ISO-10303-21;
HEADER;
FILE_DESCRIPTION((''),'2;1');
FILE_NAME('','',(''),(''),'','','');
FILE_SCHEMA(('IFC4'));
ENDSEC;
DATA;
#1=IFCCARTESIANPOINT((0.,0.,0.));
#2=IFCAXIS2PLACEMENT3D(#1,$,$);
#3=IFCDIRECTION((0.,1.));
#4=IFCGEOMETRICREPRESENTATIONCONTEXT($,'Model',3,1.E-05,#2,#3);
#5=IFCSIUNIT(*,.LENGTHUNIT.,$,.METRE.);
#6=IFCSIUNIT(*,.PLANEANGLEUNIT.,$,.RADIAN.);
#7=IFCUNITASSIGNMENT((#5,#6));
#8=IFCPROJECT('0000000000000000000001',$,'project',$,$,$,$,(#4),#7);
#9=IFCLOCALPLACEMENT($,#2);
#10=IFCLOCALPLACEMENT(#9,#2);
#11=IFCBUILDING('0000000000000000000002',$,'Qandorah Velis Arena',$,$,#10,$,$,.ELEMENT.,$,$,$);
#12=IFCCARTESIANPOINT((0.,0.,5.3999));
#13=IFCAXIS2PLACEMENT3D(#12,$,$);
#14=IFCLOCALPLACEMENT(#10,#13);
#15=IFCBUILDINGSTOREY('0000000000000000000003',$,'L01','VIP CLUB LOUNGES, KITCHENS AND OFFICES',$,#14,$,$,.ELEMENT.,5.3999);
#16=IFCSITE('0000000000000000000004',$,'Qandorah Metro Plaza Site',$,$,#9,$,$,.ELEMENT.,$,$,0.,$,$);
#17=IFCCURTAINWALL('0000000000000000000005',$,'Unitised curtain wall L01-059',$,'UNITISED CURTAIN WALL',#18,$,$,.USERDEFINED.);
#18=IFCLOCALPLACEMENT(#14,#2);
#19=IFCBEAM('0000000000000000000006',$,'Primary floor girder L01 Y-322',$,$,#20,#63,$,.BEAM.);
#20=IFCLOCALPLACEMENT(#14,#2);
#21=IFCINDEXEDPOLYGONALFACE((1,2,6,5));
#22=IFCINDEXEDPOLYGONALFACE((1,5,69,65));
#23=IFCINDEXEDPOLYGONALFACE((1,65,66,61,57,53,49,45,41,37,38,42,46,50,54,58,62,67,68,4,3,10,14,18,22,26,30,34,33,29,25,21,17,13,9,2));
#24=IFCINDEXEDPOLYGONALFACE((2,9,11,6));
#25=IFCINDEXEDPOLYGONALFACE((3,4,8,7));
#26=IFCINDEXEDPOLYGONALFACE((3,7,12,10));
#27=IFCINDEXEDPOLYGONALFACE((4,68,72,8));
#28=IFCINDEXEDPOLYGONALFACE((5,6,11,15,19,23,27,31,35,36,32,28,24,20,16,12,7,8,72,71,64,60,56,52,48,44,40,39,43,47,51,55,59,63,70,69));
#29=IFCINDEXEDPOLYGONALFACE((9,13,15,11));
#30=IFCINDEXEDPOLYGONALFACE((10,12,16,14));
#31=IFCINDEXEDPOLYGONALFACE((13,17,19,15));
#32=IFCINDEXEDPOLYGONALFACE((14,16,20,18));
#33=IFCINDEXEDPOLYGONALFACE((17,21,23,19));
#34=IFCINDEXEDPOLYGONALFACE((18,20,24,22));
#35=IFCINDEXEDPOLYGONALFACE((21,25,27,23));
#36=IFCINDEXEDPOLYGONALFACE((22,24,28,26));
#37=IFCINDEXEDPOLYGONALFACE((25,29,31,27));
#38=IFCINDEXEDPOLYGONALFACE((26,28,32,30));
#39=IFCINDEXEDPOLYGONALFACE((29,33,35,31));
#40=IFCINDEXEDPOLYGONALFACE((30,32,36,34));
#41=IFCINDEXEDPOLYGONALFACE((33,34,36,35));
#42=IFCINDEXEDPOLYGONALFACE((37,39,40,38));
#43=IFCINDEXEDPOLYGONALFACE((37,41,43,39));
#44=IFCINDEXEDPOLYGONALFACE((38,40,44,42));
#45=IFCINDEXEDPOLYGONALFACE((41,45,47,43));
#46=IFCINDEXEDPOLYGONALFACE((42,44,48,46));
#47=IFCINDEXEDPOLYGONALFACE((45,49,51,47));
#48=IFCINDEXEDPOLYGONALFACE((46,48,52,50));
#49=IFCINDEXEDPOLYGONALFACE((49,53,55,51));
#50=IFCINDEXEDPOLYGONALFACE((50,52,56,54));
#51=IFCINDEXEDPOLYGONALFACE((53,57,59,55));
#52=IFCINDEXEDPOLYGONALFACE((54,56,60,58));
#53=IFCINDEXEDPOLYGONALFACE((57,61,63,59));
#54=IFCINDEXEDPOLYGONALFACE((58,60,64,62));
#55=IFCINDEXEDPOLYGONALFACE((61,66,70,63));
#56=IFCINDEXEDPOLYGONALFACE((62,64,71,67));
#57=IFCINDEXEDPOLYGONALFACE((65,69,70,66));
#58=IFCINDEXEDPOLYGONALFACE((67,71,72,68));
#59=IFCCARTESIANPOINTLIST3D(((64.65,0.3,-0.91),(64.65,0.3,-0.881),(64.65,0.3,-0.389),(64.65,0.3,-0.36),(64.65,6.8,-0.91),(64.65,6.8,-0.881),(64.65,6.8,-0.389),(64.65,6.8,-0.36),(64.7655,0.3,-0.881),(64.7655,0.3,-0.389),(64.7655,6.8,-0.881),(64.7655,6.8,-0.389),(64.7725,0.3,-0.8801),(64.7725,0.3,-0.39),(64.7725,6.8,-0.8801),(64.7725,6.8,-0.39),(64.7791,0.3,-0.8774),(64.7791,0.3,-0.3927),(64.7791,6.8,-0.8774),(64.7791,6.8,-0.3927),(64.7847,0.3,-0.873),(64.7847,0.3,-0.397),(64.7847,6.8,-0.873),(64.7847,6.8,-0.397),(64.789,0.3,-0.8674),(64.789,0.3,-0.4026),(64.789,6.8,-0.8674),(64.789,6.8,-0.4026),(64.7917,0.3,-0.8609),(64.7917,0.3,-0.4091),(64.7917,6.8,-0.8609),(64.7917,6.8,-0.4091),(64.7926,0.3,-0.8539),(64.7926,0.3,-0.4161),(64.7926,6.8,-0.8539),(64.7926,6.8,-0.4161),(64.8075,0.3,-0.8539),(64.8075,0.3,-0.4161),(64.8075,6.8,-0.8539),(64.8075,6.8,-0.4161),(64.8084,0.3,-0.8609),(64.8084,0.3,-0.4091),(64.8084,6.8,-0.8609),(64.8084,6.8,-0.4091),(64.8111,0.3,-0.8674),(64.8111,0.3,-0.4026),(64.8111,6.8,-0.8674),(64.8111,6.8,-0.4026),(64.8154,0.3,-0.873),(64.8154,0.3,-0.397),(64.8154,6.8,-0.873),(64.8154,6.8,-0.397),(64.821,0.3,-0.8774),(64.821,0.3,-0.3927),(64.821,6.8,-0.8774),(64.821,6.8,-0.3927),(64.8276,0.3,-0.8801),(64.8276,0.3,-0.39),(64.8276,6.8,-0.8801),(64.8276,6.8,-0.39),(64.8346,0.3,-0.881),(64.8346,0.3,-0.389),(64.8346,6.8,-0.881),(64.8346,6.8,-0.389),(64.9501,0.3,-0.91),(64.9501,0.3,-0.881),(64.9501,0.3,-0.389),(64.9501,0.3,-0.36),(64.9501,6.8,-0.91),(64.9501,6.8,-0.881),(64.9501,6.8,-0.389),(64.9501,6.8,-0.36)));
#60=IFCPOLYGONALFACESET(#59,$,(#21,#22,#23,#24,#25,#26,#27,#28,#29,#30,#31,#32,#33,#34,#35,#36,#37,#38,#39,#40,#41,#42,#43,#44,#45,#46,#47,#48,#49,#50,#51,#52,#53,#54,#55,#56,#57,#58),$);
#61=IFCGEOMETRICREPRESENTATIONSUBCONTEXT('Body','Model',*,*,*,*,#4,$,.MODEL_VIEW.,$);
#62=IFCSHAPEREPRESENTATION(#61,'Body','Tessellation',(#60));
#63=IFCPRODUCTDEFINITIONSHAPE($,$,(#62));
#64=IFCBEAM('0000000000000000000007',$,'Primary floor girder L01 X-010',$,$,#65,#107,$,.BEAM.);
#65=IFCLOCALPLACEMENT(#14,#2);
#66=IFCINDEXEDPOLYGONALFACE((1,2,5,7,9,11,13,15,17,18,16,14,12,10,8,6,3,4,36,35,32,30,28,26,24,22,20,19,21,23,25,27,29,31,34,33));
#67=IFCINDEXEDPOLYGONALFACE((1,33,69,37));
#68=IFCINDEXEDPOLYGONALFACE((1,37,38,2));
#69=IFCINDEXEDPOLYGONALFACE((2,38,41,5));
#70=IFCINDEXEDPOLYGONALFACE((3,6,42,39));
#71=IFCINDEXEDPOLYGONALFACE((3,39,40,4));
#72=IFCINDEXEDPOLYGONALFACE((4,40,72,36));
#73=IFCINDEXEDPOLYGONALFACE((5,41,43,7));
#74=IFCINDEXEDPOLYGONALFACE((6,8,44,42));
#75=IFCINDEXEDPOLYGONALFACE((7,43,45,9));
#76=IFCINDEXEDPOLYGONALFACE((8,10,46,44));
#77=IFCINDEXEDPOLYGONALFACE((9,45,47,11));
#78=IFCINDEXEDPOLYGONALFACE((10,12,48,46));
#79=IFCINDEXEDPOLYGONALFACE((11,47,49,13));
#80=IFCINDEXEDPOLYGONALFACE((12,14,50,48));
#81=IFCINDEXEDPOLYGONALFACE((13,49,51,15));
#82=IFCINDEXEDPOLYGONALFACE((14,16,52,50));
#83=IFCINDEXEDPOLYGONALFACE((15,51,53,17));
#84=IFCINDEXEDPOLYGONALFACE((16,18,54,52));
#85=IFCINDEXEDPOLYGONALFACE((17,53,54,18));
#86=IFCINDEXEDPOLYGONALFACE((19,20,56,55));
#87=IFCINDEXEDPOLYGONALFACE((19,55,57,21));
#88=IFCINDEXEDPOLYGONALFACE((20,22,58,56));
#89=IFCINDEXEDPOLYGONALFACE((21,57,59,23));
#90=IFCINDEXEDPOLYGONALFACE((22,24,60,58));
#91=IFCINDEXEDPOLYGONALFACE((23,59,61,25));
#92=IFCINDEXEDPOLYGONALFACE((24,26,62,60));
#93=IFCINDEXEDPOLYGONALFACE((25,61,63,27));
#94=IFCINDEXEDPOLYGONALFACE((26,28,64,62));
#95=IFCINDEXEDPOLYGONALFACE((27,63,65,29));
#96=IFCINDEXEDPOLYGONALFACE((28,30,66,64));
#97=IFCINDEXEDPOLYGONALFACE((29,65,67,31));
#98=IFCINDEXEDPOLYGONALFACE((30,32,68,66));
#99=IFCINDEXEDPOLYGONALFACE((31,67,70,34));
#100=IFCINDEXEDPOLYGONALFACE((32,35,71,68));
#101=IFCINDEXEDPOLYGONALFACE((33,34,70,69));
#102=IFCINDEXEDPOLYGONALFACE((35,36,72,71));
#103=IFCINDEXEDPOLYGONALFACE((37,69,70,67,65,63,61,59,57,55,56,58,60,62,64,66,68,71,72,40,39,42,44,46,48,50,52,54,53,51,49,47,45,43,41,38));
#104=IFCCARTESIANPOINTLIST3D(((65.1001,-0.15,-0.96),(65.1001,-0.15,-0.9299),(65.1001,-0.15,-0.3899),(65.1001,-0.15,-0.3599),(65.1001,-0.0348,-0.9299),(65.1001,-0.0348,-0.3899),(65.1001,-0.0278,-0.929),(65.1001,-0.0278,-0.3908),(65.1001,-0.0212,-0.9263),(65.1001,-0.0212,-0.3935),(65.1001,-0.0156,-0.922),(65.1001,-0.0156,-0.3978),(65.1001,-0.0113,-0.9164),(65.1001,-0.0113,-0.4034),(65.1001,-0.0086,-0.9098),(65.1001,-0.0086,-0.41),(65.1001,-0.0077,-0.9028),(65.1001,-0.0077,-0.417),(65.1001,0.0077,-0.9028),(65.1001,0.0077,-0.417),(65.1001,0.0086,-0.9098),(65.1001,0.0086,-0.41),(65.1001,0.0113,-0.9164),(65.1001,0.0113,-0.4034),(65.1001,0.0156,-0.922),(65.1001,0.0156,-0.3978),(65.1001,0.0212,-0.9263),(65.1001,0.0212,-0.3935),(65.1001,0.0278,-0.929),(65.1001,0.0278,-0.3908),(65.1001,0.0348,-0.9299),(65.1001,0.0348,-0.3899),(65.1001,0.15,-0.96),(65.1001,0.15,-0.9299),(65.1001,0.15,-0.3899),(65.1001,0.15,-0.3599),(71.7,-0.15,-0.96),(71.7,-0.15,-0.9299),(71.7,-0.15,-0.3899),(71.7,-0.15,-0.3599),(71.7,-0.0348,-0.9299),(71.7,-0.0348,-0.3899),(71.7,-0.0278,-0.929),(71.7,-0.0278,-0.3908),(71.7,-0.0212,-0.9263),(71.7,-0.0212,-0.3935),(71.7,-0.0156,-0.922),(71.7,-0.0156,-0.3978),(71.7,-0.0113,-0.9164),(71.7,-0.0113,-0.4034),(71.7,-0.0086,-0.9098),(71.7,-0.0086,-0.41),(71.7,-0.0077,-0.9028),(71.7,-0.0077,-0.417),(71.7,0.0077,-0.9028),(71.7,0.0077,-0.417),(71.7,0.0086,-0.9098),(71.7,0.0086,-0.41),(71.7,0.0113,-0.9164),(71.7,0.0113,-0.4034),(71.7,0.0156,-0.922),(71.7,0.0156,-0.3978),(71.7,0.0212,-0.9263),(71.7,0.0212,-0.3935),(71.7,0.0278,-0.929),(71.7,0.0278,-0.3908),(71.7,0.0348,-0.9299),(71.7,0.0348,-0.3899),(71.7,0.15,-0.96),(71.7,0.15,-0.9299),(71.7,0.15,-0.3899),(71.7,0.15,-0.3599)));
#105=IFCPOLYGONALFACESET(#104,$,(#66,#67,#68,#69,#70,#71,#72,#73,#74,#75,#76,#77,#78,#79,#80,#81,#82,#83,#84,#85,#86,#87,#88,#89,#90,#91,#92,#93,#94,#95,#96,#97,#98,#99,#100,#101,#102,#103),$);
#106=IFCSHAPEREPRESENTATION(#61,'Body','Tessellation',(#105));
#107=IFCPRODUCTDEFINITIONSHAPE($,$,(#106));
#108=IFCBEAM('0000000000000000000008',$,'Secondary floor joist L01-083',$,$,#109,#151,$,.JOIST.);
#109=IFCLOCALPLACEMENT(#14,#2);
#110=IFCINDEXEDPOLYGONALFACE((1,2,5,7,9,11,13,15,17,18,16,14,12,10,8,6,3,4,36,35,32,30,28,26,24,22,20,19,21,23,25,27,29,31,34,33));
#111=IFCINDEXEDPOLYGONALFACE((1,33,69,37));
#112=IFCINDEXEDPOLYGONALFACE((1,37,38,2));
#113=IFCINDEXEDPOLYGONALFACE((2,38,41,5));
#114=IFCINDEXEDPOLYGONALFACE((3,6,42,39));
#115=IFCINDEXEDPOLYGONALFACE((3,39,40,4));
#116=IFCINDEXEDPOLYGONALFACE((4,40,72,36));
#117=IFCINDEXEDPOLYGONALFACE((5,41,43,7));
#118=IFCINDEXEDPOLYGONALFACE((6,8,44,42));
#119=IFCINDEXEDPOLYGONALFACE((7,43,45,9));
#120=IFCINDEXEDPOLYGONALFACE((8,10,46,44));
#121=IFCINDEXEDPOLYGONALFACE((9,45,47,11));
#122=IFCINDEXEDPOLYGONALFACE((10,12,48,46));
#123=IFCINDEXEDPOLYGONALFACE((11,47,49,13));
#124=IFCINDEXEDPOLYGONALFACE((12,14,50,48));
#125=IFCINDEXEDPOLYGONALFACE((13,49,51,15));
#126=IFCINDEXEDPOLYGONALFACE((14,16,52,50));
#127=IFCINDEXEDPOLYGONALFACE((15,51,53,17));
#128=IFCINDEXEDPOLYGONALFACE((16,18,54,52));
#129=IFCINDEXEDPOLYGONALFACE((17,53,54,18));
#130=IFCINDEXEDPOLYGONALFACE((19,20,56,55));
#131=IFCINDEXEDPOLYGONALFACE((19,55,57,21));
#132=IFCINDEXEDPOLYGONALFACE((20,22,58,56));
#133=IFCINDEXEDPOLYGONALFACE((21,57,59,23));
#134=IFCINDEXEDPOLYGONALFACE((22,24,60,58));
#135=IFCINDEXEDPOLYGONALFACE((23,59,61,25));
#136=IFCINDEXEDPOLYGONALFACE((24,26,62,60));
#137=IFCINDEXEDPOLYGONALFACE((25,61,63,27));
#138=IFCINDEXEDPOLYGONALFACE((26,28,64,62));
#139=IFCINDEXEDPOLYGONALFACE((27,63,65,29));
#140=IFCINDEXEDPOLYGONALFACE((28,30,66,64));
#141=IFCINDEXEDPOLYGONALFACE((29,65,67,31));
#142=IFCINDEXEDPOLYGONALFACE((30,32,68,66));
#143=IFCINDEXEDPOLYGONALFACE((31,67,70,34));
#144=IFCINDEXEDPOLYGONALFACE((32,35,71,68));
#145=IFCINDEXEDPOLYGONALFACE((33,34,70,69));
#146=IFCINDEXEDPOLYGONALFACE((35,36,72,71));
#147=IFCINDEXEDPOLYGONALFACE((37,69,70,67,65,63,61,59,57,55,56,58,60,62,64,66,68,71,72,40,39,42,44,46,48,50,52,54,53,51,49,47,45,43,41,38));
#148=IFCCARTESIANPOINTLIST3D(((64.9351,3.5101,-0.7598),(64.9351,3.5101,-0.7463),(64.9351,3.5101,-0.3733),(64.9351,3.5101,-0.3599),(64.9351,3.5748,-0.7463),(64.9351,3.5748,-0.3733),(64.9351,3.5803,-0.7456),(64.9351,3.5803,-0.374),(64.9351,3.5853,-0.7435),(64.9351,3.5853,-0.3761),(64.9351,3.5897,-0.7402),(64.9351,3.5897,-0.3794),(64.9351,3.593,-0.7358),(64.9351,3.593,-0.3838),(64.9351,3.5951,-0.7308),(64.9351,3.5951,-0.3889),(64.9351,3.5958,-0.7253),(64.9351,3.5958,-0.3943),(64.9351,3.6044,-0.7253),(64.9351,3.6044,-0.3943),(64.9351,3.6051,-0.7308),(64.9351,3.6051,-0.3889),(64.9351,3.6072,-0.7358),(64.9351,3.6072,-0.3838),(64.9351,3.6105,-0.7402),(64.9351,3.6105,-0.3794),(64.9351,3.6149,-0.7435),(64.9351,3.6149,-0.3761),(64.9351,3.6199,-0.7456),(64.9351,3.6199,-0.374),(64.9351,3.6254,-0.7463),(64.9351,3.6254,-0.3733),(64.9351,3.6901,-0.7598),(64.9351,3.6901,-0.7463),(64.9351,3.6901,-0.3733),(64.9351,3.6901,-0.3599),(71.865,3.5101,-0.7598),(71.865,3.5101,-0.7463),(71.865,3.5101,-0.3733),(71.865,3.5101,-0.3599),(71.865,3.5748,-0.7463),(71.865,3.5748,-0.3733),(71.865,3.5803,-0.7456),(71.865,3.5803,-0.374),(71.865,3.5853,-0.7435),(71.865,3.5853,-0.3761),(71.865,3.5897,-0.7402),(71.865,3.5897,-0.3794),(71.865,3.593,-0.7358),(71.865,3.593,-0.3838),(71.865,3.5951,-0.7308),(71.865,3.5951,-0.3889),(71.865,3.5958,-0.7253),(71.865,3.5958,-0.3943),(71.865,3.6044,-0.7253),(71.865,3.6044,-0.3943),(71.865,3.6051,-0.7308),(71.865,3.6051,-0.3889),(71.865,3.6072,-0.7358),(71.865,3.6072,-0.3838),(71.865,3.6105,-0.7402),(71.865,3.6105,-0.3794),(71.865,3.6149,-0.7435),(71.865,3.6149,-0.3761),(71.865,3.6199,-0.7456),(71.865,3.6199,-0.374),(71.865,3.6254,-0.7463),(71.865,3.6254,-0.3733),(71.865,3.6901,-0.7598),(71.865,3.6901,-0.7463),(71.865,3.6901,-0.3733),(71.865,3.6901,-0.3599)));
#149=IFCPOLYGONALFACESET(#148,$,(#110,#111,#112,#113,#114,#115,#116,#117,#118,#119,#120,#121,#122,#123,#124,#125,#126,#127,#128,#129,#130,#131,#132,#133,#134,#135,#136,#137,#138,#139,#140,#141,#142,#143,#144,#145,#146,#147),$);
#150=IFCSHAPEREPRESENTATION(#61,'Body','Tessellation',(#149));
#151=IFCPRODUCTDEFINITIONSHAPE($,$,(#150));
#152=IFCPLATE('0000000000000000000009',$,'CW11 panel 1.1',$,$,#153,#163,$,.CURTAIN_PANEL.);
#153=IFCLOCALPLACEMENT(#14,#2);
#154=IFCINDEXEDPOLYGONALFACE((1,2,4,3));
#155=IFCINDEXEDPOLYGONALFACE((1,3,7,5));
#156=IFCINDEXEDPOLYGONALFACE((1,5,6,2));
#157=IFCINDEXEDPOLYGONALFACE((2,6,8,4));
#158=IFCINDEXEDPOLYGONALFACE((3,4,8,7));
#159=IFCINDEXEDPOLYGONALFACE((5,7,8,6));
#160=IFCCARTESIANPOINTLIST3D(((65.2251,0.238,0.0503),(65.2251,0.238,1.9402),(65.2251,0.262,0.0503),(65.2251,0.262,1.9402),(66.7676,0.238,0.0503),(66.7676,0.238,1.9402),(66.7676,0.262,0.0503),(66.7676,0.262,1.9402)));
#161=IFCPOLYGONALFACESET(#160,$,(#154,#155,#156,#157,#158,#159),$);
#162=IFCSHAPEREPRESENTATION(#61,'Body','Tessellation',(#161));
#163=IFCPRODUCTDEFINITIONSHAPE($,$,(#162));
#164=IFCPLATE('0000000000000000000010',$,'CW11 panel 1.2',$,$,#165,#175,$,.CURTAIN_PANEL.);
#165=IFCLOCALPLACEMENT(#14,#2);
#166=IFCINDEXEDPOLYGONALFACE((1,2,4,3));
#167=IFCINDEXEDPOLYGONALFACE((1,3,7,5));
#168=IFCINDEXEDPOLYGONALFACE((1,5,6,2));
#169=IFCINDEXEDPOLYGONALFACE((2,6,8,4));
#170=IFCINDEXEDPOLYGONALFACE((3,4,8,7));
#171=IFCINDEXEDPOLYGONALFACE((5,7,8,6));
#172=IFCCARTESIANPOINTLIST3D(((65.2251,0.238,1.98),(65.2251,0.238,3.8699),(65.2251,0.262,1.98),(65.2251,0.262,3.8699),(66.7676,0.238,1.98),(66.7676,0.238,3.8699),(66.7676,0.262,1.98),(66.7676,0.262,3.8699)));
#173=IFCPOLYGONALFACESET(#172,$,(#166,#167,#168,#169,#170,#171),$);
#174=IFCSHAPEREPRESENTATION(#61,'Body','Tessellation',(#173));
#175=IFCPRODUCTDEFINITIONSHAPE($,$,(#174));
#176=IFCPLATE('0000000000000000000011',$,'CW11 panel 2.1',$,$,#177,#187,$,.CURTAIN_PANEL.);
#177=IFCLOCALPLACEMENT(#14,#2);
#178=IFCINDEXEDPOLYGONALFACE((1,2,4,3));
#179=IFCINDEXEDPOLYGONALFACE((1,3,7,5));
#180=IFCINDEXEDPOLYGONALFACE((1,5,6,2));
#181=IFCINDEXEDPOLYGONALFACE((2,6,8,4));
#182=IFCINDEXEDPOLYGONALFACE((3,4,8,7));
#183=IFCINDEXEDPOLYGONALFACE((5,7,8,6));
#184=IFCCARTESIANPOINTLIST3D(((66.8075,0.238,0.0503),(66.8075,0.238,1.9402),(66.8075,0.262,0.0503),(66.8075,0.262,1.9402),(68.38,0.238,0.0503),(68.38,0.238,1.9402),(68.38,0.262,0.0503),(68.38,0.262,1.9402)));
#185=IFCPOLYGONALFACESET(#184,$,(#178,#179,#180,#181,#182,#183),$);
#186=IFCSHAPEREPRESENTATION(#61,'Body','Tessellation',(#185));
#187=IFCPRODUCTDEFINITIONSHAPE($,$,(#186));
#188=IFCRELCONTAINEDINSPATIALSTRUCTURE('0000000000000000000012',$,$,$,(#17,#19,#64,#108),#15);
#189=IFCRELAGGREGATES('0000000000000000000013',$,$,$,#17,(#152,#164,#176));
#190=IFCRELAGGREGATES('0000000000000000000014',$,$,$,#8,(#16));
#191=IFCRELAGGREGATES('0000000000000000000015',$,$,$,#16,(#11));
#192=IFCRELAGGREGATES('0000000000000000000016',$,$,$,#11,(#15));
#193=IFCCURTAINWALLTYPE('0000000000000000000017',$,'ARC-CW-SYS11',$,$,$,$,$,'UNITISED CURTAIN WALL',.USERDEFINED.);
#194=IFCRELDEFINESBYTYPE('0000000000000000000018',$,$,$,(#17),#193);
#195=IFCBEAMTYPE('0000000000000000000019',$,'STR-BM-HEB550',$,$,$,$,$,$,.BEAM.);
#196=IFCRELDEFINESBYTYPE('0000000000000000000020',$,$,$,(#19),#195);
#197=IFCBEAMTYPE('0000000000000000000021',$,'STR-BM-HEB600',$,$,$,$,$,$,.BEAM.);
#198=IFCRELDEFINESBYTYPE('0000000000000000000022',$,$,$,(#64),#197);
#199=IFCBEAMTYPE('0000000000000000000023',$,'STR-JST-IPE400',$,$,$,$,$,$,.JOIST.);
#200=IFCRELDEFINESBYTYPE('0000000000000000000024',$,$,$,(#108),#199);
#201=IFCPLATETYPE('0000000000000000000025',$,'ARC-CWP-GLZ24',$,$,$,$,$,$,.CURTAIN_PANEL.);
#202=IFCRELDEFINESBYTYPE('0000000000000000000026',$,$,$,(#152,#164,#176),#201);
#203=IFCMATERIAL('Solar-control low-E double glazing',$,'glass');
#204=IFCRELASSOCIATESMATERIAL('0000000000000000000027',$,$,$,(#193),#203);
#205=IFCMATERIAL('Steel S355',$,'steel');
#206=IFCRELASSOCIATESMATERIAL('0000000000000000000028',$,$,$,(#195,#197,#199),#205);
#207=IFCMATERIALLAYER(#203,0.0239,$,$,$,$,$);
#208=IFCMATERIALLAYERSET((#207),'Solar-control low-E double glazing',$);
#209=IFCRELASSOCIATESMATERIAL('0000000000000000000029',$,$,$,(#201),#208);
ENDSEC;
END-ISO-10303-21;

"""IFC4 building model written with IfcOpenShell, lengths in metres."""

from ifc_helpers import new_model, si_unit, direction, frame, origin, origin_2d, place, context, subcontext, project, spatial, rectangle, i_section, extrude, material, layer, layer_set, material_profile, profile_set, type_object, element, aggregate, save


model = new_model("IFC4")

# Units and contexts
model_context = context("Model", 3, precision=1e-05, world=origin(), true_north=direction((0.0, 1.0)))
body_context = subcontext(model_context, "Body", "Model", "MODEL_VIEW")
ifc_project = project(units=[si_unit("LENGTHUNIT", "METRE"), si_unit("PLANEANGLEUNIT", "RADIAN")], contexts=[model_context])

# Site, building, storey
site_placement = place(None, origin())
site = spatial("IfcSite", under=ifc_project, at=site_placement, Name="Qandorah Metro Plaza Site", CompositionType="ELEMENT", RefElevation=0.0)
building_placement = place(site_placement, origin())
building = spatial("IfcBuilding", under=site, at=building_placement, Name="Qandorah Velis Arena", CompositionType="ELEMENT")
storey_placement = place(building_placement, frame((0.0, 0.0, 5.3999)))
storey = spatial("IfcBuildingStorey", under=building, at=storey_placement, Name="L01", Description="VIP CLUB LOUNGES, KITCHENS AND OFFICES", CompositionType="ELEMENT", Elevation=5.3999)

# Curtain wall
ifc_material_1 = material(Name="Solar-control low-E double glazing", Category="glass")
curtain_wall_type = type_object("IfcCurtainWallType", Name="ARC-CW-SYS11", ElementType="UNITISED CURTAIN WALL", PredefinedType="USERDEFINED", material=ifc_material_1)
curtain_wall_placement = place(storey_placement, origin())
curtain_wall = element("IfcCurtainWall", 1, at=curtain_wall_placement, inside=storey, type_object=curtain_wall_type, Name="Unitised curtain wall L01-059", ObjectType="UNITISED CURTAIN WALL", PredefinedType="USERDEFINED")

# Beams
ifc_material_2 = material(Name="Steel S355", Category="steel")
ifc_material_profile_1 = material_profile(ifc_material_2, i_section(OverallWidth=0.3, OverallDepth=0.55, WebThickness=0.0149, FlangeThickness=0.0291, FilletRadius=0.0271, at=origin_2d()), Name="HEB 550")
ifc_profile_set_1 = profile_set([ifc_material_profile_1], Name="Steel S355")
beam_type_1 = type_object("IfcBeamType", Name="STR-BM-HEB550", PredefinedType="BEAM", material=ifc_profile_set_1)
beam_1_placement = place(storey_placement, frame((64.8, 0.3, -0.635), z_axis=(0.0, 1.0, 0.0), x_axis=(-1.0, 0.0, 0.0)))
element("IfcBeam", 2, at=beam_1_placement, inside=storey, type_object=beam_type_1, Name="Primary floor girder L01 Y-322", PredefinedType="BEAM", context=body_context, shape_type="SweptSolid", body=[
    extrude(i_section(OverallWidth=0.3, OverallDepth=0.55, WebThickness=0.0149, FlangeThickness=0.0291, FilletRadius=0.0271, at=origin_2d()), origin(), (0.0, 0.0, 1.0), 6.5),
])
ifc_material_profile_2 = material_profile(ifc_material_2, i_section(OverallWidth=0.3, OverallDepth=0.6001, WebThickness=0.0154, FlangeThickness=0.03, FilletRadius=0.0271, at=origin_2d()), Name="HEB 600")
ifc_profile_set_2 = profile_set([ifc_material_profile_2], Name="Steel S355")
beam_type_2 = type_object("IfcBeamType", Name="STR-BM-HEB600", PredefinedType="BEAM", material=ifc_profile_set_2)
beam_2_placement = place(storey_placement, frame((65.1001, 0.0, -0.6599), z_axis=(1.0, 0.0, 0.0), x_axis=(0.0, 1.0, 0.0)))
element("IfcBeam", 3, at=beam_2_placement, inside=storey, type_object=beam_type_2, Name="Primary floor girder L01 X-010", PredefinedType="BEAM", context=body_context, shape_type="SweptSolid", body=[
    extrude(i_section(OverallWidth=0.3, OverallDepth=0.6001, WebThickness=0.0154, FlangeThickness=0.03, FilletRadius=0.0271, at=origin_2d()), origin(), (0.0, 0.0, 1.0), 6.5999),
])
ifc_material_profile_3 = material_profile(ifc_material_2, i_section(OverallWidth=0.1799, OverallDepth=0.3999, WebThickness=0.0085, FlangeThickness=0.0134, FilletRadius=0.021, at=origin_2d()), Name="IPE 400")
ifc_profile_set_3 = profile_set([ifc_material_profile_3], Name="Steel S355")
beam_type_3 = type_object("IfcBeamType", Name="STR-JST-IPE400", PredefinedType="JOIST", material=ifc_profile_set_3)
beam_3_placement = place(storey_placement, frame((64.9351, 3.6001, -0.5598), z_axis=(1.0, 0.0, 0.0), x_axis=(0.0, 1.0, 0.0)))
element("IfcBeam", 4, at=beam_3_placement, inside=storey, type_object=beam_type_3, Name="Secondary floor joist L01-083", PredefinedType="JOIST", context=body_context, shape_type="SweptSolid", body=[
    extrude(i_section(OverallWidth=0.1799, OverallDepth=0.3999, WebThickness=0.0085, FlangeThickness=0.0134, FilletRadius=0.021, at=origin_2d()), origin(), (0.0, 0.0, 1.0), 6.9299),
])

# Plates
ifc_layer_1 = layer(ifc_material_1, 0.0239)
ifc_layer_set_1 = layer_set([ifc_layer_1], Name="Solar-control low-E double glazing")
plate_type = type_object("IfcPlateType", Name="ARC-CWP-GLZ24", PredefinedType="CURTAIN_PANEL", material=ifc_layer_set_1)
plate_1_placement = place(storey_placement, frame((65.9963, 0.25, 0.0503), z_axis=(0.0, 0.0, 1.0), x_axis=(1.0, 0.0, 0.0)))
plate_1 = element("IfcPlate", 5, at=plate_1_placement, type_object=plate_type, Name="CW11 panel 1.1", PredefinedType="CURTAIN_PANEL", context=body_context, shape_type="SweptSolid", body=[
    extrude(rectangle(XDim=1.5425, YDim=0.0239, at=origin_2d()), origin(), (0.0, 0.0, 1.0), 1.8899),
])
plate_2_placement = place(storey_placement, frame((65.9963, 0.25, 1.98), z_axis=(0.0, 0.0, 1.0), x_axis=(1.0, 0.0, 0.0)))
plate_2 = element("IfcPlate", 6, at=plate_2_placement, type_object=plate_type, Name="CW11 panel 1.2", PredefinedType="CURTAIN_PANEL", context=body_context, shape_type="SweptSolid", body=[
    extrude(rectangle(XDim=1.5425, YDim=0.0239, at=origin_2d()), origin(), (0.0, 0.0, 1.0), 1.8899),
])
plate_3_placement = place(storey_placement, frame((67.5938, 0.25, 0.0503), z_axis=(0.0, 0.0, 1.0), x_axis=(1.0, 0.0, 0.0)))
plate_3 = element("IfcPlate", 7, at=plate_3_placement, type_object=plate_type, Name="CW11 panel 2.1", PredefinedType="CURTAIN_PANEL", context=body_context, shape_type="SweptSolid", body=[
    extrude(rectangle(XDim=1.5725, YDim=0.0239, at=origin_2d()), origin(), (0.0, 0.0, 1.0), 1.8899),
])
aggregate(curtain_wall, [plate_1, plate_2, plate_3])

save(model, "model.ifc")
